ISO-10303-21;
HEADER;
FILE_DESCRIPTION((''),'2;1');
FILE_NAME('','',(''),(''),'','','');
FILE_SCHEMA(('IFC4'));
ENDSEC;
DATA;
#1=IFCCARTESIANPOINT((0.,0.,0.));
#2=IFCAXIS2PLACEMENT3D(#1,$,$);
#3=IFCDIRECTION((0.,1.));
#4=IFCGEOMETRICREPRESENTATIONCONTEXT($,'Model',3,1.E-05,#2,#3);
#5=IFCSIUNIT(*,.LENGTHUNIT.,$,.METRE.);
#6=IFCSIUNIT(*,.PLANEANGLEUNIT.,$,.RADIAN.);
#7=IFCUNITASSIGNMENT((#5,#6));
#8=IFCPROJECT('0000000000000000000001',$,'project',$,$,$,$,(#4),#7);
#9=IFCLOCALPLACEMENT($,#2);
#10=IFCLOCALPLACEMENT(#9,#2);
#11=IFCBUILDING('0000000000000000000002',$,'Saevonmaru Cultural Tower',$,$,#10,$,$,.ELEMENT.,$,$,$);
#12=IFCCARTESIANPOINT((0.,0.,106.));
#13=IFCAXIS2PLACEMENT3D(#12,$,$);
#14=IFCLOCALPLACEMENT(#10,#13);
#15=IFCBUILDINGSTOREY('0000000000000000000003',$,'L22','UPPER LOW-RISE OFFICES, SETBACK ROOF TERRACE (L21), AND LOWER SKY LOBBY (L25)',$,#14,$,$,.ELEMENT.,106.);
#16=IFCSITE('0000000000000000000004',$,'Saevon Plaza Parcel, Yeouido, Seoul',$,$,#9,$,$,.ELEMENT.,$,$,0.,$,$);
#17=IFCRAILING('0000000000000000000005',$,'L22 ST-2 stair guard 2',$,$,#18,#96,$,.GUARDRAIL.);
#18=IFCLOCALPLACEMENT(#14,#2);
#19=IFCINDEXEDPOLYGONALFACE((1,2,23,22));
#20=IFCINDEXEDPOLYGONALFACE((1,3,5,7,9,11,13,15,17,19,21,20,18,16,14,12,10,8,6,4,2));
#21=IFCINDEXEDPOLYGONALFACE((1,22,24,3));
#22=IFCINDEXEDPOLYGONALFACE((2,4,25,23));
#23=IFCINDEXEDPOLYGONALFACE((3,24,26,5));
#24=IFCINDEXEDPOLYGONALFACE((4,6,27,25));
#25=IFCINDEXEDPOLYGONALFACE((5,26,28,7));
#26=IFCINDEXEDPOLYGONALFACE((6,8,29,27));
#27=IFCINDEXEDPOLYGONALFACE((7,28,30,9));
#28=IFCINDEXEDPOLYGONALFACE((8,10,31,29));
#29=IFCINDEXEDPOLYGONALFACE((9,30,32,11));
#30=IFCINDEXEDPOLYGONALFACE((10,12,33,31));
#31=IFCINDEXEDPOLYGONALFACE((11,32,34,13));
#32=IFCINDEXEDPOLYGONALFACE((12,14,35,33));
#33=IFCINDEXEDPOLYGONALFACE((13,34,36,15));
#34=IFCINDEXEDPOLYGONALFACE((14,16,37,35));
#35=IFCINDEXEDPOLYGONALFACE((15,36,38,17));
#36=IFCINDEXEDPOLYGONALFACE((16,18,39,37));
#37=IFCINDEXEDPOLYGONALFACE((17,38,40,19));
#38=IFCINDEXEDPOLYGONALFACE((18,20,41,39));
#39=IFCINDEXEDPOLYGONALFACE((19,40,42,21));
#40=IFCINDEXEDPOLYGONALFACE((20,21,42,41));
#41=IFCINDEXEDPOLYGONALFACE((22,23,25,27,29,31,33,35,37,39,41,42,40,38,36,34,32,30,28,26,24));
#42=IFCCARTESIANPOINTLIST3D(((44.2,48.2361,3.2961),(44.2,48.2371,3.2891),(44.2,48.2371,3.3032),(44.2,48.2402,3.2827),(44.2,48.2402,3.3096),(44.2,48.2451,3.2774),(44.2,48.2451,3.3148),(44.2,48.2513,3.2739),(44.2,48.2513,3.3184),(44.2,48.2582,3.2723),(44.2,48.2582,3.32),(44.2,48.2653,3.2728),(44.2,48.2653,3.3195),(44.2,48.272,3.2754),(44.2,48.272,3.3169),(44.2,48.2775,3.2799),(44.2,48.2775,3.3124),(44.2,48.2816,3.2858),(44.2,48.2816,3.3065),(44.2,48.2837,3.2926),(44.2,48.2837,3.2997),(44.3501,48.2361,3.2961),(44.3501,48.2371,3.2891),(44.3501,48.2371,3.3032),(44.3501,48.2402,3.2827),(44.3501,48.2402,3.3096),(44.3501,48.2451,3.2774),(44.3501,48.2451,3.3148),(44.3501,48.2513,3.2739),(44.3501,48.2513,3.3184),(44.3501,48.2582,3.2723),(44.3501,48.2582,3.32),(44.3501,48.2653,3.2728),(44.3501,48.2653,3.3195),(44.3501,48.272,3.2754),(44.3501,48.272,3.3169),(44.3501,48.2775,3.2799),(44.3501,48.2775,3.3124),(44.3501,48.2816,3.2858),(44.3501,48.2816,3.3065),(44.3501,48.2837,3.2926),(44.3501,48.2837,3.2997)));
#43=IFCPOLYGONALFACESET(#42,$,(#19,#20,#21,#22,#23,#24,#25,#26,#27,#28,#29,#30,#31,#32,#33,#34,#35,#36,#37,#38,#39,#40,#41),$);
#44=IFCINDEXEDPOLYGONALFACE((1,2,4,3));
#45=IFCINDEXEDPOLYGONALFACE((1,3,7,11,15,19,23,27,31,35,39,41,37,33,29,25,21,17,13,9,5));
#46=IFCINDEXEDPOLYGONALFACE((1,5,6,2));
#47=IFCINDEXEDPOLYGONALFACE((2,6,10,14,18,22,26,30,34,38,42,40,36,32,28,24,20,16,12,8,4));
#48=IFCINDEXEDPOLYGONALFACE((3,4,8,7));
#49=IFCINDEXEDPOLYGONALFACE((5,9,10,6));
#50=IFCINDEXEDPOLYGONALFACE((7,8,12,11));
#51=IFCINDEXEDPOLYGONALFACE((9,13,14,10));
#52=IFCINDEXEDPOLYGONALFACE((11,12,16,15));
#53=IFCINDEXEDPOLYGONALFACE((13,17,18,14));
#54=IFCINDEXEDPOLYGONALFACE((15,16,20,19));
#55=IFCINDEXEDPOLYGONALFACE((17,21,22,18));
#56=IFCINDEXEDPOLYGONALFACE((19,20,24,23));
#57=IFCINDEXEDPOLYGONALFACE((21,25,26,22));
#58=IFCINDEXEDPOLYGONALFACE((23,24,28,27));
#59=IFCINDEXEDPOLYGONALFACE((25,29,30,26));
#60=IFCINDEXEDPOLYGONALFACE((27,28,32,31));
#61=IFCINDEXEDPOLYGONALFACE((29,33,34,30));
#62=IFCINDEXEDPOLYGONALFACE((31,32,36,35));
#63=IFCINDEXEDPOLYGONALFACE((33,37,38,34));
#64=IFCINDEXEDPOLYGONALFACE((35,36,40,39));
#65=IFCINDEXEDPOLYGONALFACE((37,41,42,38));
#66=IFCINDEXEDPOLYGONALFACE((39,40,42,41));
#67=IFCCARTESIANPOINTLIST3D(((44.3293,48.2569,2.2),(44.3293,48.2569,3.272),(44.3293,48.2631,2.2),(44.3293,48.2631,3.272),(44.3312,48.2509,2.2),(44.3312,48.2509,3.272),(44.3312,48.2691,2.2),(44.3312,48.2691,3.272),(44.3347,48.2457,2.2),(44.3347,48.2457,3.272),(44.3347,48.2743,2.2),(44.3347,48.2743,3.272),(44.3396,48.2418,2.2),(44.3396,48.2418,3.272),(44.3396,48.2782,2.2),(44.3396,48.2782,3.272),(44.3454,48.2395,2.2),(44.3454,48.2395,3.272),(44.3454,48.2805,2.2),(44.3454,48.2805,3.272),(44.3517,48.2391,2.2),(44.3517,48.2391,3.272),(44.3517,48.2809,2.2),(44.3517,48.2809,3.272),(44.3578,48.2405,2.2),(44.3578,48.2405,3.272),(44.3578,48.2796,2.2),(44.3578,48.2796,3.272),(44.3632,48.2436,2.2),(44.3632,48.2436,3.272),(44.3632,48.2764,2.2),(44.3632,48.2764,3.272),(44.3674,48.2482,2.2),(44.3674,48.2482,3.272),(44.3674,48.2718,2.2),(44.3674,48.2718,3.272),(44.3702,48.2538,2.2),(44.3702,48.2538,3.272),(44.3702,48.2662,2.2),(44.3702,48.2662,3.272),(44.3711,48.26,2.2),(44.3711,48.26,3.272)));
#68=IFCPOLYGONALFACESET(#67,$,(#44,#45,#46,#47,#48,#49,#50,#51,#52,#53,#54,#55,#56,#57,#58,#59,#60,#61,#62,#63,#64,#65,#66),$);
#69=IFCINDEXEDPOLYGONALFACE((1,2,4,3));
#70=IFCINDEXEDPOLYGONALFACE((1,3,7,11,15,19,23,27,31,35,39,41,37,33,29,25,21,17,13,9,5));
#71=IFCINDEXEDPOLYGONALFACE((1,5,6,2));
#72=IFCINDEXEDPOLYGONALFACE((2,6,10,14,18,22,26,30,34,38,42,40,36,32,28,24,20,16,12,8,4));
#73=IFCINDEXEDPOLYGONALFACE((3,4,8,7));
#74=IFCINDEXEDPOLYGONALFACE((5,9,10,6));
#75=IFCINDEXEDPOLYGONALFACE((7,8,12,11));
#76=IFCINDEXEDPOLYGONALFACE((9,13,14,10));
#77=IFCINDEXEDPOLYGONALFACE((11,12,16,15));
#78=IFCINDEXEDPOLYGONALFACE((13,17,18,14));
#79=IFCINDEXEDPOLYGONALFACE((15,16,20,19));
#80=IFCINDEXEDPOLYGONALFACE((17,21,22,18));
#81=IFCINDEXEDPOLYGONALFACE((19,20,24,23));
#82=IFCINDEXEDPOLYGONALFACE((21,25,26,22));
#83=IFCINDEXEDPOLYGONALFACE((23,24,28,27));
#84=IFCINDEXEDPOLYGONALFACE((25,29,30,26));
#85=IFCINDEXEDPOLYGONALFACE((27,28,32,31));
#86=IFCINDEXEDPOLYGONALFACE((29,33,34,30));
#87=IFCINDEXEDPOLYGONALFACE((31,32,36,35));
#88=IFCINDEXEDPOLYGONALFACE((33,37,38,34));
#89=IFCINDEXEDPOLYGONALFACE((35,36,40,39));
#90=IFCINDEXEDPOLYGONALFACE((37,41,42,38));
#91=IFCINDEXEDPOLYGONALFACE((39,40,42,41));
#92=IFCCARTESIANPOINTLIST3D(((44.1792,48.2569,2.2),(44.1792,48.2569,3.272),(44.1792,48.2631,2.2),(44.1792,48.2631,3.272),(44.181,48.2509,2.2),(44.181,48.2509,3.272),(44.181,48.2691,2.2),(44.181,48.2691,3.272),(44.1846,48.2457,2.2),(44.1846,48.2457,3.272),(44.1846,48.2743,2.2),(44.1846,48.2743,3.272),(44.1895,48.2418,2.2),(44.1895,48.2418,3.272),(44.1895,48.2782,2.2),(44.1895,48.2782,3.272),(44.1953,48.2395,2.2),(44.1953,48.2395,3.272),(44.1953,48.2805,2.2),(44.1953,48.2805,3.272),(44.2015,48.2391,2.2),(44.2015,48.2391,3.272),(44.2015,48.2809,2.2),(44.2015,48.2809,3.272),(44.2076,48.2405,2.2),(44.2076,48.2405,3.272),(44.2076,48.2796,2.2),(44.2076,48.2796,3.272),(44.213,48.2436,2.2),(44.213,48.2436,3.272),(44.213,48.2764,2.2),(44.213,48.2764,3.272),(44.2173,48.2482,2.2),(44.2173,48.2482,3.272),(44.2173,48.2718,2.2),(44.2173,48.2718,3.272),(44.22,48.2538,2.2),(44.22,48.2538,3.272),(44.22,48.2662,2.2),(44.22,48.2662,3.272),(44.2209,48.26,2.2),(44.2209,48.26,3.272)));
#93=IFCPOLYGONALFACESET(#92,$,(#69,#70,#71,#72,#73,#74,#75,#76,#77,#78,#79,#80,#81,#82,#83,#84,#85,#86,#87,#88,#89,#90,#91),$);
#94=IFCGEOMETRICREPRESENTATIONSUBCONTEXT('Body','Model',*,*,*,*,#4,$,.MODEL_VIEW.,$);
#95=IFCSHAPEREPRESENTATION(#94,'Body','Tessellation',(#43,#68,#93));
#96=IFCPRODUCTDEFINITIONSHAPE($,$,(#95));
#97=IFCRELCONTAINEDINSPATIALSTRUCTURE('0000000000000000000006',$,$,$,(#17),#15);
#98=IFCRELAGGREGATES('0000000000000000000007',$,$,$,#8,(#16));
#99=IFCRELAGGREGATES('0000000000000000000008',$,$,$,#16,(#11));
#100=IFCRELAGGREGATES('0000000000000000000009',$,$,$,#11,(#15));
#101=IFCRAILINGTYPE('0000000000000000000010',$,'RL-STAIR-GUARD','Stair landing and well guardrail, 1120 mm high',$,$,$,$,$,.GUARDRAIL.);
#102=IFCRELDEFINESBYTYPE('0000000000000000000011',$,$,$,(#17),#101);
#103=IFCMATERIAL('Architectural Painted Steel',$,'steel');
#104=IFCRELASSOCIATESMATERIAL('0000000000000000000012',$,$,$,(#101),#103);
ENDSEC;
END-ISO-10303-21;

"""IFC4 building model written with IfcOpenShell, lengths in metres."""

from ifc_helpers import new_model, si_unit, direction, frame, origin, origin_2d, place, context, subcontext, project, spatial, circle, extrude, material, type_object, element, save


model = new_model("IFC4")

# Units and contexts
model_context = context("Model", 3, precision=1e-05, world=origin(), true_north=direction((0.0, 1.0)))
body_context = subcontext(model_context, "Body", "Model", "MODEL_VIEW")
ifc_project = project(units=[si_unit("LENGTHUNIT", "METRE"), si_unit("PLANEANGLEUNIT", "RADIAN")], contexts=[model_context])

# Site, building, storey
site_placement = place(None, origin())
site = spatial("IfcSite", under=ifc_project, at=site_placement, Name="Saevon Plaza Parcel, Yeouido, Seoul", CompositionType="ELEMENT", RefElevation=0.0)
building_placement = place(site_placement, origin())
building = spatial("IfcBuilding", under=site, at=building_placement, Name="Saevonmaru Cultural Tower", CompositionType="ELEMENT")
storey_placement = place(building_placement, frame((0.0, 0.0, 106.0)))
storey = spatial("IfcBuildingStorey", under=building, at=storey_placement, Name="L22", Description="UPPER LOW-RISE OFFICES, SETBACK ROOF TERRACE (L21), AND LOWER SKY LOBBY (L25)", CompositionType="ELEMENT", Elevation=106.0)

# Railing
ifc_material_1 = material(Name="Architectural Painted Steel", Category="steel")
railing_type_1 = type_object("IfcRailingType", Name="RL-STAIR-GUARD", Description="Stair landing and well guardrail, 1120 mm high", PredefinedType="GUARDRAIL", material=ifc_material_1)
railing_1_placement = place(storey_placement, frame((44.3501, 48.26, 2.2)))
element("IfcRailing", 1, at=railing_1_placement, inside=storey, type_object=railing_type_1, Name="L22 ST-2 stair guard 2", PredefinedType="GUARDRAIL", context=body_context, shape_type="SweptSolid", body=[
    extrude(circle(Radius=0.0239, at=origin_2d()), frame((0.0, 0.0, 1.0962), z_axis=(-1.0, 0.0, 0.0), x_axis=(0.0, -1.0, 0.0)), (0.0, 0.0, 1.0), 0.1501),
    extrude(circle(Radius=0.021, at=origin_2d()), origin(), (0.0, 0.0, 1.0), 1.072),
    extrude(circle(Radius=0.021, at=origin_2d()), frame((-0.1501, 0.0, 0.0)), (0.0, 0.0, 1.0), 1.072),
])

save(model, "model.ifc")
